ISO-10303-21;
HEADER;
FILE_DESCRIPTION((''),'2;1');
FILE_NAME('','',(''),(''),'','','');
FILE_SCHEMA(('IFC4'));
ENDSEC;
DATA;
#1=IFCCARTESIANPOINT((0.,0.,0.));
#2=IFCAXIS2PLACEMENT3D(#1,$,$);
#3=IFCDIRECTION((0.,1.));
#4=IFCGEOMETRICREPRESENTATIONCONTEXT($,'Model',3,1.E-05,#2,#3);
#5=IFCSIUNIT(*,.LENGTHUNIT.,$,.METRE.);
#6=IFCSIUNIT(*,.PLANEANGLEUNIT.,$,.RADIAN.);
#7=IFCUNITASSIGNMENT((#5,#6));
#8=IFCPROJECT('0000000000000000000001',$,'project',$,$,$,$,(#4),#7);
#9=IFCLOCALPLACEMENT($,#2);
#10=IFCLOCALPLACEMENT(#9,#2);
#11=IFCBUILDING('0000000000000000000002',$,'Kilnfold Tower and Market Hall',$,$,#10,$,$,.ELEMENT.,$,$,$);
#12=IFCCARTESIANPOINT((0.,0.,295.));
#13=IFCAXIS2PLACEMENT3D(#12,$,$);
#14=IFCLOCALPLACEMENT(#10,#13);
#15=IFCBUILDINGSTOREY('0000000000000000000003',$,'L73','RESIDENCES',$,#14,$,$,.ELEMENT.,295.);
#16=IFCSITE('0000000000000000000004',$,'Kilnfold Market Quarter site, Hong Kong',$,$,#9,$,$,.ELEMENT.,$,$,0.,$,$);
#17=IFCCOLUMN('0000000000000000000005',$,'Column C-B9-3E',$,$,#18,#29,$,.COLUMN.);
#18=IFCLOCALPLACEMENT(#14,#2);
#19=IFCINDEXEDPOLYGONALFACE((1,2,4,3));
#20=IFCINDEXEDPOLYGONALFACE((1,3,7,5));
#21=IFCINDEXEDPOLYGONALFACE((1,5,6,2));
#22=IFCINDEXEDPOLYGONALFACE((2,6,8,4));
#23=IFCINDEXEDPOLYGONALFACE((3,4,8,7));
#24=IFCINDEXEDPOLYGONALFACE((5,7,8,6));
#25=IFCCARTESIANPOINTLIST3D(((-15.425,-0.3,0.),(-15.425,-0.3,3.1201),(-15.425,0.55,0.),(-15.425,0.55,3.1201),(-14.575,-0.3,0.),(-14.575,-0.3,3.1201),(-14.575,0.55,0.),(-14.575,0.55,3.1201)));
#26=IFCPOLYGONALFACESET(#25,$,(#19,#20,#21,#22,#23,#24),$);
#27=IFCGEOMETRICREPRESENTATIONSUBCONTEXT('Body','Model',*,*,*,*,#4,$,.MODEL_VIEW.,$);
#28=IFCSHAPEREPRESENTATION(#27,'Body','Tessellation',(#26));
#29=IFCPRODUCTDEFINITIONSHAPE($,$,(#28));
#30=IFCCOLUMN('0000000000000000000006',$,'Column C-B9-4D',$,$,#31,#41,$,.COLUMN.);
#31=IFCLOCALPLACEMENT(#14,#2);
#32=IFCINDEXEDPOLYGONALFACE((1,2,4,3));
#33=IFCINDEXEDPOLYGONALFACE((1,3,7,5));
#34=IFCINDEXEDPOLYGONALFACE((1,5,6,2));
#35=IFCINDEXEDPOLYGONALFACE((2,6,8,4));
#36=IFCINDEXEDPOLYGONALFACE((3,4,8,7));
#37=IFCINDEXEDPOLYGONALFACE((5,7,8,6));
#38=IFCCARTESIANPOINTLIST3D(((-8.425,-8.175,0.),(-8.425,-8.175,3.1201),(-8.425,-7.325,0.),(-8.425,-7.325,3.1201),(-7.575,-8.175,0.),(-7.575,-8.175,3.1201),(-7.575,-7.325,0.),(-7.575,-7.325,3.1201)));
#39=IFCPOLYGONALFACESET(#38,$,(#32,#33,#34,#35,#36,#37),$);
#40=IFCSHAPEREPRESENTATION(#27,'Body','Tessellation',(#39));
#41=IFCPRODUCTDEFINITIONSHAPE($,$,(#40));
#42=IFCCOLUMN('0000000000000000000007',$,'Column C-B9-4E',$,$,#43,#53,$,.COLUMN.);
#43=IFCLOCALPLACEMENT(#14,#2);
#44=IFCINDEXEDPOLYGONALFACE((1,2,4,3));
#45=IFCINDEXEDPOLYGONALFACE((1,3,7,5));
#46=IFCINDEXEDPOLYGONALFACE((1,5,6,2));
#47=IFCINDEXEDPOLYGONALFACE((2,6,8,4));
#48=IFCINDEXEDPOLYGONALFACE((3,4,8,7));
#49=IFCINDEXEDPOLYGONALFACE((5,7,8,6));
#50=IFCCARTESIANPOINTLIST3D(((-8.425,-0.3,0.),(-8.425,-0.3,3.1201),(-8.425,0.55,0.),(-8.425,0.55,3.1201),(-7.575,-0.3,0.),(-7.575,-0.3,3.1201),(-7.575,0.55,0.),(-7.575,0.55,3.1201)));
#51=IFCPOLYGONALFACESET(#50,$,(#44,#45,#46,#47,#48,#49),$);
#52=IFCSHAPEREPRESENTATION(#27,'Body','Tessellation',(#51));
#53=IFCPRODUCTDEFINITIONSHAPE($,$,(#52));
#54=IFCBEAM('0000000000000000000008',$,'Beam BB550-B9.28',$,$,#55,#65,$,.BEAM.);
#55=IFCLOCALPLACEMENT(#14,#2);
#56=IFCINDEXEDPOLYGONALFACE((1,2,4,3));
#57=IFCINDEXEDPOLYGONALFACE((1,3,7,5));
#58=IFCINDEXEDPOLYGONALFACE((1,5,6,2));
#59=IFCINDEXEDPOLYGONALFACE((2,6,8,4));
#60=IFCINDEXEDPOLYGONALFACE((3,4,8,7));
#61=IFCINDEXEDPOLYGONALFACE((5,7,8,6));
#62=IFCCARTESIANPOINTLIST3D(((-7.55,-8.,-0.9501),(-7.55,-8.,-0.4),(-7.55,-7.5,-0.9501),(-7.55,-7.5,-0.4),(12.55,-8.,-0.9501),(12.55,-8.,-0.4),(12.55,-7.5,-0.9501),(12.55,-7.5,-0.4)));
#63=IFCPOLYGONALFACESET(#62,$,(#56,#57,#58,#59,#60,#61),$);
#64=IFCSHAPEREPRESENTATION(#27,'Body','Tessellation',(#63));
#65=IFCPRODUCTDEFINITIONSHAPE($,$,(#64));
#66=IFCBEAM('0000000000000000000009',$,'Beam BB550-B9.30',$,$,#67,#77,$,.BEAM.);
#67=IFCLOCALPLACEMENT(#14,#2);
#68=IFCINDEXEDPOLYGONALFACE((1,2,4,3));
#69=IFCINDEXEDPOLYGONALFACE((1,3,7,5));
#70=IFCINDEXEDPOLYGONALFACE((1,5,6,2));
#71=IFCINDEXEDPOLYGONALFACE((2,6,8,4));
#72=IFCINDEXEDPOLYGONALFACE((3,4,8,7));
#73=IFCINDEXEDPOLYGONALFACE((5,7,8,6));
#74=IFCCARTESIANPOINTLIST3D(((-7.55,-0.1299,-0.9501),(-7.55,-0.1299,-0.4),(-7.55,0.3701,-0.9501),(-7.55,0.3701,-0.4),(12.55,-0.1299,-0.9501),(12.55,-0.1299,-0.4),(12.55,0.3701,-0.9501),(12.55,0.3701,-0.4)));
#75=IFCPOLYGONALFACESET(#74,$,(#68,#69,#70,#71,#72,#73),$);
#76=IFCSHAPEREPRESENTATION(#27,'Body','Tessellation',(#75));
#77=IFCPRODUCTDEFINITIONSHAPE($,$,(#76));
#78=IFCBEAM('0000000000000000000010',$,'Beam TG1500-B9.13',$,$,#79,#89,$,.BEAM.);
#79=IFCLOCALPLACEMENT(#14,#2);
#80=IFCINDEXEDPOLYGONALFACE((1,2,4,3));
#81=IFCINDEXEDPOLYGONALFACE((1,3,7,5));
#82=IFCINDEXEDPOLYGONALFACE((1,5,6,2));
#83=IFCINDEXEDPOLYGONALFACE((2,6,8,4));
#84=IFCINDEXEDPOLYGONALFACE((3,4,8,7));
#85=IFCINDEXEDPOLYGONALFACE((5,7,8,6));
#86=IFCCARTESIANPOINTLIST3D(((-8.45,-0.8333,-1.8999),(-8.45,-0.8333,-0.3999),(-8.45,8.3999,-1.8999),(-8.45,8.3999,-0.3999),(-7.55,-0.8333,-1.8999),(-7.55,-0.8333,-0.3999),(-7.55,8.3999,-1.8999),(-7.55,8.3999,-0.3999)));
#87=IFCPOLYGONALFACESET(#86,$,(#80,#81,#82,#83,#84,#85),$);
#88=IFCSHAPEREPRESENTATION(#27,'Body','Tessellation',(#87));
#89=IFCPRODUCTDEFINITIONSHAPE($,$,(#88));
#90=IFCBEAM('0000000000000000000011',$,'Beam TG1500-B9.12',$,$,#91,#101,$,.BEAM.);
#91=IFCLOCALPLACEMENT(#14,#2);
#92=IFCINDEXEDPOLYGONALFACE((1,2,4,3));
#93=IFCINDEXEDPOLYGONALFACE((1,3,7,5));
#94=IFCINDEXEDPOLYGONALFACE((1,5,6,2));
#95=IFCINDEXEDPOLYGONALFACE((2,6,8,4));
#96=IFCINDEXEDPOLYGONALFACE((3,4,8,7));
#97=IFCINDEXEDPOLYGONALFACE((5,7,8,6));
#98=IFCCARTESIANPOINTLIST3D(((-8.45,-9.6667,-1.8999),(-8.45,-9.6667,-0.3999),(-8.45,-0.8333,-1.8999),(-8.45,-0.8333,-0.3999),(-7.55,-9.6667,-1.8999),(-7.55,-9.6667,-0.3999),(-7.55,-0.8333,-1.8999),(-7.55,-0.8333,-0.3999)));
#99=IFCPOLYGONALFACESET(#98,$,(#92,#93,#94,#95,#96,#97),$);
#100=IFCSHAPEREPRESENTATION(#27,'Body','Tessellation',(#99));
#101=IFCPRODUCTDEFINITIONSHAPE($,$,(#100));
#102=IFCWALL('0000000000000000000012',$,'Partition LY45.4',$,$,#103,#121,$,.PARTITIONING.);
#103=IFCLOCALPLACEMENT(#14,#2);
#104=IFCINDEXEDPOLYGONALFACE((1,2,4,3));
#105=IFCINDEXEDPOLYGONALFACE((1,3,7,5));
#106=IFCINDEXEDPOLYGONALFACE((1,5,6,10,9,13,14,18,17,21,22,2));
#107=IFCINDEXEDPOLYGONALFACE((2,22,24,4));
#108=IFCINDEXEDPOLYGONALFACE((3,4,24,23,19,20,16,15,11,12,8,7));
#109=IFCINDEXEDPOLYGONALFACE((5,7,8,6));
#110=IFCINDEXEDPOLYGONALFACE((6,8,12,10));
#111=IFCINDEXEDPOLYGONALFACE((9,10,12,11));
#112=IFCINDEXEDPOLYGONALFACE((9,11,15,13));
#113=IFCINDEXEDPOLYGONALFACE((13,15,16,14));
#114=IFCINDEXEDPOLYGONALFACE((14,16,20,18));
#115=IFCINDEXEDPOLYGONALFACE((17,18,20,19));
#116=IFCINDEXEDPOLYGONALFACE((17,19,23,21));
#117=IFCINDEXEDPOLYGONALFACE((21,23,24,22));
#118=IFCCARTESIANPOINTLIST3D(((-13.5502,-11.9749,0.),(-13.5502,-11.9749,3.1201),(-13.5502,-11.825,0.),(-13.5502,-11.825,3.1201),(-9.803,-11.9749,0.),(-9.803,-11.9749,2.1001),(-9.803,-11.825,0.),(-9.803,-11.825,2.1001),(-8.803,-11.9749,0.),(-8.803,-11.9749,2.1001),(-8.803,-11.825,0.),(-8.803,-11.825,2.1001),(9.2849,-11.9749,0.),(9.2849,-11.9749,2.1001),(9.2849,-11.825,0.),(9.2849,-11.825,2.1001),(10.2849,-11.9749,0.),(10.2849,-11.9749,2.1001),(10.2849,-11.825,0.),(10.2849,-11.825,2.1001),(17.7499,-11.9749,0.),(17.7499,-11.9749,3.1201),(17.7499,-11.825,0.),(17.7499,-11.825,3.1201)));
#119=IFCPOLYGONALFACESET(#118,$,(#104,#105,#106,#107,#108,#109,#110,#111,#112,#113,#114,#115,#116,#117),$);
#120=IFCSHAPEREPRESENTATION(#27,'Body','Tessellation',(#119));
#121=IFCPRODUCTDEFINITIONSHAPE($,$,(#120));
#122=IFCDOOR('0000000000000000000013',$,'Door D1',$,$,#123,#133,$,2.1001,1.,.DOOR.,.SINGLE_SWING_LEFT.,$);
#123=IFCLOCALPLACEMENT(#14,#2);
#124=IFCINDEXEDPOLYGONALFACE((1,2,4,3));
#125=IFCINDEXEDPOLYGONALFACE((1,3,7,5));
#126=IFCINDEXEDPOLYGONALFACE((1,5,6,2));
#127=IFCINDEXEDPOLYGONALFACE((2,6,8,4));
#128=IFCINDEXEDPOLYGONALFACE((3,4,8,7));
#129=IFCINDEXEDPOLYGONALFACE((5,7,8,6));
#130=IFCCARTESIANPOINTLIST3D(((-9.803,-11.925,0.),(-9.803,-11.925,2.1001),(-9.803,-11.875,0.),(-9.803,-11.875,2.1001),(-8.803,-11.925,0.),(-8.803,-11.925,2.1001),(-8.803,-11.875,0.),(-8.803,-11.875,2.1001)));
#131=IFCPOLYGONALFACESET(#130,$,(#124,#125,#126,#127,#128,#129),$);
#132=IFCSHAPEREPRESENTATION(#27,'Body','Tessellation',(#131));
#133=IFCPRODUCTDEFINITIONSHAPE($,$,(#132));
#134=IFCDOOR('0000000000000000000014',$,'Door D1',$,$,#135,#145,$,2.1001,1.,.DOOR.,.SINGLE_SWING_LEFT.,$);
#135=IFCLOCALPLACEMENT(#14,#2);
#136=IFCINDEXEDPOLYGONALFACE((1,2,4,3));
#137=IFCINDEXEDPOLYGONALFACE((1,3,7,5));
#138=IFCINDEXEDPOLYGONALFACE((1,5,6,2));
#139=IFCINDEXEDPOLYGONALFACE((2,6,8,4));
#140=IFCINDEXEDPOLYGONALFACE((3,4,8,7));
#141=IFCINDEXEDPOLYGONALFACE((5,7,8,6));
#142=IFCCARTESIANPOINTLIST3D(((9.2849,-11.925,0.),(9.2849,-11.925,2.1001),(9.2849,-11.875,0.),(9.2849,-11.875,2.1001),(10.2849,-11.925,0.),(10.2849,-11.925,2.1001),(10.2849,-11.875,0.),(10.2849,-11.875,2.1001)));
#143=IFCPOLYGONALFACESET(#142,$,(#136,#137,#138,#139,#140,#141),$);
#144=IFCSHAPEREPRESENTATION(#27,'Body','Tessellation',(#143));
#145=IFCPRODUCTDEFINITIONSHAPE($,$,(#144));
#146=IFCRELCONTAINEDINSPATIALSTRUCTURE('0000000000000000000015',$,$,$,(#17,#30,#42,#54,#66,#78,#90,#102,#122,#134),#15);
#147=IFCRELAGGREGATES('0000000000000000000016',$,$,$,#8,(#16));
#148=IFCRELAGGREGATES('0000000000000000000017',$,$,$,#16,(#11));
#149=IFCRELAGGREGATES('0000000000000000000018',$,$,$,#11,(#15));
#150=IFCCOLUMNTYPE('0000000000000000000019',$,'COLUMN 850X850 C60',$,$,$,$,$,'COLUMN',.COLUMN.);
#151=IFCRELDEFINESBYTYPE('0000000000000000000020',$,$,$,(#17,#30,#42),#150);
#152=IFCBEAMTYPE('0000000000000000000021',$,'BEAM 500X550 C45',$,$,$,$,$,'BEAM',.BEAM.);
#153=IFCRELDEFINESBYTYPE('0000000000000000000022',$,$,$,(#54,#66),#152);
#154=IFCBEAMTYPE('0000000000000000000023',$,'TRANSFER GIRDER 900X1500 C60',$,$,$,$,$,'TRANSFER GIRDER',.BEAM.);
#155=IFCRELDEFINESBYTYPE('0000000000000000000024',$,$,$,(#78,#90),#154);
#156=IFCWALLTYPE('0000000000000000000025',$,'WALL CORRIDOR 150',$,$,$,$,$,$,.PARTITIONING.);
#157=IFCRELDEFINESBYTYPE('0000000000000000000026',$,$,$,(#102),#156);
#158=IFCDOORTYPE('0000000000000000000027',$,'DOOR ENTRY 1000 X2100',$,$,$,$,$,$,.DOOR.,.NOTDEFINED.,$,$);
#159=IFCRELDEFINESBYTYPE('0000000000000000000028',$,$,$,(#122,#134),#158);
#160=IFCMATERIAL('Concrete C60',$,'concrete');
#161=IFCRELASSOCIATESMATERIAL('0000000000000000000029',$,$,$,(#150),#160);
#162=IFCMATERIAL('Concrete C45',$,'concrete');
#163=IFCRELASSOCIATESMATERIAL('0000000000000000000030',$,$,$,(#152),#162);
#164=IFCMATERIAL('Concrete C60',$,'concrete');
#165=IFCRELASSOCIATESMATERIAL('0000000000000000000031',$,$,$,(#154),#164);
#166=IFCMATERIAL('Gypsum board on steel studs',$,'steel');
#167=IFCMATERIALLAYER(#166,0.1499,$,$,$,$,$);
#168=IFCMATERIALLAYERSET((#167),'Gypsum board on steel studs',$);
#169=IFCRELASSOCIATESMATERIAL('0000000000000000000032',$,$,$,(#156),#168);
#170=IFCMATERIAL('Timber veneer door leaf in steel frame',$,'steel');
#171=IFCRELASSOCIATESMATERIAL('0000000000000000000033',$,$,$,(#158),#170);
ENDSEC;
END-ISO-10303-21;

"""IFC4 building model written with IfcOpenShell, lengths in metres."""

from ifc_helpers import new_model, si_unit, direction, frame, frame_2d, origin, origin_2d, place, context, subcontext, project, spatial, rectangle, extrude, source, transform, mapped, material, layer, layer_set, material_profile, profile_set, type_object, element, fill, save


model = new_model("IFC4")

# Units and contexts
model_context = context("Model", 3, precision=1e-05, world=origin(), true_north=direction((0.0, 1.0)))
body_context = subcontext(model_context, "Body", "Model", "MODEL_VIEW")
ifc_project = project(units=[si_unit("LENGTHUNIT", "METRE"), si_unit("PLANEANGLEUNIT", "RADIAN")], contexts=[model_context])

# Site, building, storey
site_placement = place(None, origin())
site = spatial("IfcSite", under=ifc_project, at=site_placement, Name="Kilnfold Market Quarter site, Hong Kong", CompositionType="ELEMENT", RefElevation=0.0)
building_placement = place(site_placement, origin())
building = spatial("IfcBuilding", under=site, at=building_placement, Name="Kilnfold Tower and Market Hall", CompositionType="ELEMENT")
storey_placement = place(building_placement, frame((0.0, 0.0, 295.0)))
storey = spatial("IfcBuildingStorey", under=building, at=storey_placement, Name="L73", Description="RESIDENCES", CompositionType="ELEMENT", Elevation=295.0)

# Columns
ifc_material_1 = material(Name="Concrete C60", Category="concrete")
ifc_material_profile_1 = material_profile(ifc_material_1, rectangle(XDim=0.8501, YDim=0.8501, at=origin_2d()), Name="RC 850x850")
ifc_profile_set_1 = profile_set([ifc_material_profile_1], Name="Concrete C60")
column_type = type_object("IfcColumnType", Name="COLUMN 850X850 C60", ElementType="COLUMN", PredefinedType="COLUMN", material=ifc_profile_set_1)
shared_shape_1 = source(origin(), body_context, "Body", "SweptSolid", [
    extrude(rectangle(XDim=0.8501, YDim=0.8501, at=origin_2d()), origin(), (0.0, 0.0, 1.0), 3.1201),
])
for number, where, z_axis, x_axis, name in (
    (1, (-15.0, 0.125, 0.0), (0.0, 0.0, 1.0), (1.0, 0.0, 0.0), "Column C-B9-3E"),
    (2, (-8.0, -7.75, 0.0), (0.0, 0.0, 1.0), (1.0, 0.0, 0.0), "Column C-B9-4D"),
    (3, (-8.0, 0.125, 0.0), (0.0, 0.0, 1.0), (1.0, 0.0, 0.0), "Column C-B9-4E"),
):
    element("IfcColumn", number, at=place(storey_placement, frame(where, z_axis=z_axis, x_axis=x_axis)), inside=storey, type_object=column_type, Name=name, PredefinedType="COLUMN", context=body_context, shape_type="MappedRepresentation", body=[
        mapped(shared_shape_1, transform((0.0, 0.0, 0.0))),
    ])

# Beams
ifc_material_2 = material(Name="Concrete C45", Category="concrete")
ifc_material_profile_2 = material_profile(ifc_material_2, rectangle(XDim=0.5, YDim=0.55, at=origin_2d()), Name="RC 500x550")
ifc_profile_set_2 = profile_set([ifc_material_profile_2], Name="Concrete C45")
beam_type_1 = type_object("IfcBeamType", Name="BEAM 500X550 C45", ElementType="BEAM", PredefinedType="BEAM", material=ifc_profile_set_2)
shared_shape_2 = source(origin(), body_context, "Body", "SweptSolid", [
    extrude(rectangle(XDim=0.5, YDim=0.55, at=origin_2d()), origin(), (0.0, 0.0, 1.0), 20.1001),
])
for number, where, z_axis, x_axis, name in (
    (4, (-7.55, -7.75, -0.675), (1.0, 0.0, 0.0), (0.0, 1.0, 0.0), "Beam BB550-B9.28"),
    (5, (-7.55, 0.1201, -0.675), (1.0, 0.0, 0.0), (0.0, 1.0, 0.0), "Beam BB550-B9.30"),
):
    element("IfcBeam", number, at=place(storey_placement, frame(where, z_axis=z_axis, x_axis=x_axis)), inside=storey, type_object=beam_type_1, Name=name, PredefinedType="BEAM", context=body_context, shape_type="MappedRepresentation", body=[
        mapped(shared_shape_2, transform((0.0, 0.0, 0.0))),
    ])
ifc_material_3 = material(Name="Concrete C60", Category="concrete")
ifc_material_profile_3 = material_profile(ifc_material_3, rectangle(XDim=0.8999, YDim=1.5, at=origin_2d()), Name="RC 900x1500")
ifc_profile_set_3 = profile_set([ifc_material_profile_3], Name="Concrete C60")
beam_type_2 = type_object("IfcBeamType", Name="TRANSFER GIRDER 900X1500 C60", ElementType="TRANSFER GIRDER", PredefinedType="BEAM", material=ifc_profile_set_3)
shared_shape_3 = source(origin(), body_context, "Body", "SweptSolid", [
    extrude(rectangle(XDim=0.8999, YDim=1.5, at=origin_2d()), origin(), (0.0, 0.0, 1.0), 9.2332),
])
beam_1_placement = place(storey_placement, frame((-8.0, -0.8333, -1.1499), z_axis=(0.0, 1.0, 0.0), x_axis=(-1.0, 0.0, 0.0)))
element("IfcBeam", 6, at=beam_1_placement, inside=storey, type_object=beam_type_2, Name="Beam TG1500-B9.13", PredefinedType="BEAM", context=body_context, shape_type="MappedRepresentation", body=[
    mapped(shared_shape_3, transform((0.0, 0.0, 0.0))),
])
shared_shape_4 = source(origin(), body_context, "Body", "SweptSolid", [
    extrude(rectangle(XDim=0.8999, YDim=1.5, at=origin_2d()), origin(), (0.0, 0.0, 1.0), 8.8335),
])
beam_2_placement = place(storey_placement, frame((-8.0, -9.6667, -1.1499), z_axis=(0.0, 1.0, 0.0), x_axis=(-1.0, 0.0, 0.0)))
element("IfcBeam", 7, at=beam_2_placement, inside=storey, type_object=beam_type_2, Name="Beam TG1500-B9.12", PredefinedType="BEAM", context=body_context, shape_type="MappedRepresentation", body=[
    mapped(shared_shape_4, transform((0.0, 0.0, 0.0))),
])

# Wall, openings, doors
ifc_material_4 = material(Name="Gypsum board on steel studs", Category="steel")
ifc_layer_1 = layer(ifc_material_4, 0.1499)
ifc_layer_set_1 = layer_set([ifc_layer_1], Name="Gypsum board on steel studs")
wall_type_1 = type_object("IfcWallType", Name="WALL CORRIDOR 150", PredefinedType="PARTITIONING", material=ifc_layer_set_1)
wall_1_placement = place(storey_placement, frame((-13.55, -11.8999, 0.0), z_axis=(0.0, 0.0, 1.0), x_axis=(1.0, 0.0, 0.0)))
wall_1 = element("IfcWall", 8, at=wall_1_placement, inside=storey, type_object=wall_type_1, Name="Partition LY45.4", PredefinedType="PARTITIONING", context=body_context, shape_type="SweptSolid", body=[
    extrude(rectangle(XDim=31.3, YDim=0.1499, at=frame_2d((15.6499, 0.0))), origin(), (0.0, 0.0, 1.0), 3.1201),
])
opening_1_placement = place(wall_1_placement, frame((3.7471, 0.0, 0.0)))
opening_1 = element("IfcOpeningElement", 9, at=opening_1_placement, cuts=wall_1, PredefinedType="OPENING", context=body_context, shape_type="SweptSolid", body=[
    extrude(rectangle(XDim=1.0, YDim=2.1001, at=frame_2d((0.5, 1.05))), frame((0.0, 0.085, 0.0), z_axis=(0.0, -1.0, 0.0), x_axis=(1.0, 0.0, 0.0)), (0.0, 0.0, 1.0), 0.1699),
])
opening_2_placement = place(wall_1_placement, frame((22.835, 0.0, 0.0)))
opening_2 = element("IfcOpeningElement", 10, at=opening_2_placement, cuts=wall_1, PredefinedType="OPENING", context=body_context, shape_type="SweptSolid", body=[
    extrude(rectangle(XDim=1.0, YDim=2.1001, at=frame_2d((0.5, 1.05))), frame((0.0, 0.085, 0.0), z_axis=(0.0, -1.0, 0.0), x_axis=(1.0, 0.0, 0.0)), (0.0, 0.0, 1.0), 0.1699),
])
ifc_material_5 = material(Name="Timber veneer door leaf in steel frame", Category="steel")
door_type_1 = type_object("IfcDoorType", Name="DOOR ENTRY 1000 X2100", OperationType="NOTDEFINED", PredefinedType="DOOR", material=ifc_material_5)
door_1_placement = place(opening_1_placement, origin())
door_1 = element("IfcDoor", 11, at=door_1_placement, inside=storey, type_object=door_type_1, Name="Door D1", OperationType="SINGLE_SWING_LEFT", OverallHeight=2.1001, OverallWidth=1.0, PredefinedType="DOOR", context=body_context, shape_type="SweptSolid", body=[
    extrude(rectangle(XDim=1.0, YDim=2.1001, at=frame_2d((0.5, 1.05))), frame((0.0, 0.0249, 0.0), z_axis=(0.0, -1.0, 0.0), x_axis=(1.0, 0.0, 0.0)), (0.0, 0.0, 1.0), 0.05),
])
fill(opening_1, door_1)
door_2_placement = place(opening_2_placement, origin())
door_2 = element("IfcDoor", 12, at=door_2_placement, inside=storey, type_object=door_type_1, Name="Door D1", OperationType="SINGLE_SWING_LEFT", OverallHeight=2.1001, OverallWidth=1.0, PredefinedType="DOOR", context=body_context, shape_type="SweptSolid", body=[
    extrude(rectangle(XDim=1.0, YDim=2.1001, at=frame_2d((0.5, 1.05))), frame((0.0, 0.0249, 0.0), z_axis=(0.0, -1.0, 0.0), x_axis=(1.0, 0.0, 0.0)), (0.0, 0.0, 1.0), 0.05),
])
fill(opening_2, door_2)

save(model, "model.ifc")
